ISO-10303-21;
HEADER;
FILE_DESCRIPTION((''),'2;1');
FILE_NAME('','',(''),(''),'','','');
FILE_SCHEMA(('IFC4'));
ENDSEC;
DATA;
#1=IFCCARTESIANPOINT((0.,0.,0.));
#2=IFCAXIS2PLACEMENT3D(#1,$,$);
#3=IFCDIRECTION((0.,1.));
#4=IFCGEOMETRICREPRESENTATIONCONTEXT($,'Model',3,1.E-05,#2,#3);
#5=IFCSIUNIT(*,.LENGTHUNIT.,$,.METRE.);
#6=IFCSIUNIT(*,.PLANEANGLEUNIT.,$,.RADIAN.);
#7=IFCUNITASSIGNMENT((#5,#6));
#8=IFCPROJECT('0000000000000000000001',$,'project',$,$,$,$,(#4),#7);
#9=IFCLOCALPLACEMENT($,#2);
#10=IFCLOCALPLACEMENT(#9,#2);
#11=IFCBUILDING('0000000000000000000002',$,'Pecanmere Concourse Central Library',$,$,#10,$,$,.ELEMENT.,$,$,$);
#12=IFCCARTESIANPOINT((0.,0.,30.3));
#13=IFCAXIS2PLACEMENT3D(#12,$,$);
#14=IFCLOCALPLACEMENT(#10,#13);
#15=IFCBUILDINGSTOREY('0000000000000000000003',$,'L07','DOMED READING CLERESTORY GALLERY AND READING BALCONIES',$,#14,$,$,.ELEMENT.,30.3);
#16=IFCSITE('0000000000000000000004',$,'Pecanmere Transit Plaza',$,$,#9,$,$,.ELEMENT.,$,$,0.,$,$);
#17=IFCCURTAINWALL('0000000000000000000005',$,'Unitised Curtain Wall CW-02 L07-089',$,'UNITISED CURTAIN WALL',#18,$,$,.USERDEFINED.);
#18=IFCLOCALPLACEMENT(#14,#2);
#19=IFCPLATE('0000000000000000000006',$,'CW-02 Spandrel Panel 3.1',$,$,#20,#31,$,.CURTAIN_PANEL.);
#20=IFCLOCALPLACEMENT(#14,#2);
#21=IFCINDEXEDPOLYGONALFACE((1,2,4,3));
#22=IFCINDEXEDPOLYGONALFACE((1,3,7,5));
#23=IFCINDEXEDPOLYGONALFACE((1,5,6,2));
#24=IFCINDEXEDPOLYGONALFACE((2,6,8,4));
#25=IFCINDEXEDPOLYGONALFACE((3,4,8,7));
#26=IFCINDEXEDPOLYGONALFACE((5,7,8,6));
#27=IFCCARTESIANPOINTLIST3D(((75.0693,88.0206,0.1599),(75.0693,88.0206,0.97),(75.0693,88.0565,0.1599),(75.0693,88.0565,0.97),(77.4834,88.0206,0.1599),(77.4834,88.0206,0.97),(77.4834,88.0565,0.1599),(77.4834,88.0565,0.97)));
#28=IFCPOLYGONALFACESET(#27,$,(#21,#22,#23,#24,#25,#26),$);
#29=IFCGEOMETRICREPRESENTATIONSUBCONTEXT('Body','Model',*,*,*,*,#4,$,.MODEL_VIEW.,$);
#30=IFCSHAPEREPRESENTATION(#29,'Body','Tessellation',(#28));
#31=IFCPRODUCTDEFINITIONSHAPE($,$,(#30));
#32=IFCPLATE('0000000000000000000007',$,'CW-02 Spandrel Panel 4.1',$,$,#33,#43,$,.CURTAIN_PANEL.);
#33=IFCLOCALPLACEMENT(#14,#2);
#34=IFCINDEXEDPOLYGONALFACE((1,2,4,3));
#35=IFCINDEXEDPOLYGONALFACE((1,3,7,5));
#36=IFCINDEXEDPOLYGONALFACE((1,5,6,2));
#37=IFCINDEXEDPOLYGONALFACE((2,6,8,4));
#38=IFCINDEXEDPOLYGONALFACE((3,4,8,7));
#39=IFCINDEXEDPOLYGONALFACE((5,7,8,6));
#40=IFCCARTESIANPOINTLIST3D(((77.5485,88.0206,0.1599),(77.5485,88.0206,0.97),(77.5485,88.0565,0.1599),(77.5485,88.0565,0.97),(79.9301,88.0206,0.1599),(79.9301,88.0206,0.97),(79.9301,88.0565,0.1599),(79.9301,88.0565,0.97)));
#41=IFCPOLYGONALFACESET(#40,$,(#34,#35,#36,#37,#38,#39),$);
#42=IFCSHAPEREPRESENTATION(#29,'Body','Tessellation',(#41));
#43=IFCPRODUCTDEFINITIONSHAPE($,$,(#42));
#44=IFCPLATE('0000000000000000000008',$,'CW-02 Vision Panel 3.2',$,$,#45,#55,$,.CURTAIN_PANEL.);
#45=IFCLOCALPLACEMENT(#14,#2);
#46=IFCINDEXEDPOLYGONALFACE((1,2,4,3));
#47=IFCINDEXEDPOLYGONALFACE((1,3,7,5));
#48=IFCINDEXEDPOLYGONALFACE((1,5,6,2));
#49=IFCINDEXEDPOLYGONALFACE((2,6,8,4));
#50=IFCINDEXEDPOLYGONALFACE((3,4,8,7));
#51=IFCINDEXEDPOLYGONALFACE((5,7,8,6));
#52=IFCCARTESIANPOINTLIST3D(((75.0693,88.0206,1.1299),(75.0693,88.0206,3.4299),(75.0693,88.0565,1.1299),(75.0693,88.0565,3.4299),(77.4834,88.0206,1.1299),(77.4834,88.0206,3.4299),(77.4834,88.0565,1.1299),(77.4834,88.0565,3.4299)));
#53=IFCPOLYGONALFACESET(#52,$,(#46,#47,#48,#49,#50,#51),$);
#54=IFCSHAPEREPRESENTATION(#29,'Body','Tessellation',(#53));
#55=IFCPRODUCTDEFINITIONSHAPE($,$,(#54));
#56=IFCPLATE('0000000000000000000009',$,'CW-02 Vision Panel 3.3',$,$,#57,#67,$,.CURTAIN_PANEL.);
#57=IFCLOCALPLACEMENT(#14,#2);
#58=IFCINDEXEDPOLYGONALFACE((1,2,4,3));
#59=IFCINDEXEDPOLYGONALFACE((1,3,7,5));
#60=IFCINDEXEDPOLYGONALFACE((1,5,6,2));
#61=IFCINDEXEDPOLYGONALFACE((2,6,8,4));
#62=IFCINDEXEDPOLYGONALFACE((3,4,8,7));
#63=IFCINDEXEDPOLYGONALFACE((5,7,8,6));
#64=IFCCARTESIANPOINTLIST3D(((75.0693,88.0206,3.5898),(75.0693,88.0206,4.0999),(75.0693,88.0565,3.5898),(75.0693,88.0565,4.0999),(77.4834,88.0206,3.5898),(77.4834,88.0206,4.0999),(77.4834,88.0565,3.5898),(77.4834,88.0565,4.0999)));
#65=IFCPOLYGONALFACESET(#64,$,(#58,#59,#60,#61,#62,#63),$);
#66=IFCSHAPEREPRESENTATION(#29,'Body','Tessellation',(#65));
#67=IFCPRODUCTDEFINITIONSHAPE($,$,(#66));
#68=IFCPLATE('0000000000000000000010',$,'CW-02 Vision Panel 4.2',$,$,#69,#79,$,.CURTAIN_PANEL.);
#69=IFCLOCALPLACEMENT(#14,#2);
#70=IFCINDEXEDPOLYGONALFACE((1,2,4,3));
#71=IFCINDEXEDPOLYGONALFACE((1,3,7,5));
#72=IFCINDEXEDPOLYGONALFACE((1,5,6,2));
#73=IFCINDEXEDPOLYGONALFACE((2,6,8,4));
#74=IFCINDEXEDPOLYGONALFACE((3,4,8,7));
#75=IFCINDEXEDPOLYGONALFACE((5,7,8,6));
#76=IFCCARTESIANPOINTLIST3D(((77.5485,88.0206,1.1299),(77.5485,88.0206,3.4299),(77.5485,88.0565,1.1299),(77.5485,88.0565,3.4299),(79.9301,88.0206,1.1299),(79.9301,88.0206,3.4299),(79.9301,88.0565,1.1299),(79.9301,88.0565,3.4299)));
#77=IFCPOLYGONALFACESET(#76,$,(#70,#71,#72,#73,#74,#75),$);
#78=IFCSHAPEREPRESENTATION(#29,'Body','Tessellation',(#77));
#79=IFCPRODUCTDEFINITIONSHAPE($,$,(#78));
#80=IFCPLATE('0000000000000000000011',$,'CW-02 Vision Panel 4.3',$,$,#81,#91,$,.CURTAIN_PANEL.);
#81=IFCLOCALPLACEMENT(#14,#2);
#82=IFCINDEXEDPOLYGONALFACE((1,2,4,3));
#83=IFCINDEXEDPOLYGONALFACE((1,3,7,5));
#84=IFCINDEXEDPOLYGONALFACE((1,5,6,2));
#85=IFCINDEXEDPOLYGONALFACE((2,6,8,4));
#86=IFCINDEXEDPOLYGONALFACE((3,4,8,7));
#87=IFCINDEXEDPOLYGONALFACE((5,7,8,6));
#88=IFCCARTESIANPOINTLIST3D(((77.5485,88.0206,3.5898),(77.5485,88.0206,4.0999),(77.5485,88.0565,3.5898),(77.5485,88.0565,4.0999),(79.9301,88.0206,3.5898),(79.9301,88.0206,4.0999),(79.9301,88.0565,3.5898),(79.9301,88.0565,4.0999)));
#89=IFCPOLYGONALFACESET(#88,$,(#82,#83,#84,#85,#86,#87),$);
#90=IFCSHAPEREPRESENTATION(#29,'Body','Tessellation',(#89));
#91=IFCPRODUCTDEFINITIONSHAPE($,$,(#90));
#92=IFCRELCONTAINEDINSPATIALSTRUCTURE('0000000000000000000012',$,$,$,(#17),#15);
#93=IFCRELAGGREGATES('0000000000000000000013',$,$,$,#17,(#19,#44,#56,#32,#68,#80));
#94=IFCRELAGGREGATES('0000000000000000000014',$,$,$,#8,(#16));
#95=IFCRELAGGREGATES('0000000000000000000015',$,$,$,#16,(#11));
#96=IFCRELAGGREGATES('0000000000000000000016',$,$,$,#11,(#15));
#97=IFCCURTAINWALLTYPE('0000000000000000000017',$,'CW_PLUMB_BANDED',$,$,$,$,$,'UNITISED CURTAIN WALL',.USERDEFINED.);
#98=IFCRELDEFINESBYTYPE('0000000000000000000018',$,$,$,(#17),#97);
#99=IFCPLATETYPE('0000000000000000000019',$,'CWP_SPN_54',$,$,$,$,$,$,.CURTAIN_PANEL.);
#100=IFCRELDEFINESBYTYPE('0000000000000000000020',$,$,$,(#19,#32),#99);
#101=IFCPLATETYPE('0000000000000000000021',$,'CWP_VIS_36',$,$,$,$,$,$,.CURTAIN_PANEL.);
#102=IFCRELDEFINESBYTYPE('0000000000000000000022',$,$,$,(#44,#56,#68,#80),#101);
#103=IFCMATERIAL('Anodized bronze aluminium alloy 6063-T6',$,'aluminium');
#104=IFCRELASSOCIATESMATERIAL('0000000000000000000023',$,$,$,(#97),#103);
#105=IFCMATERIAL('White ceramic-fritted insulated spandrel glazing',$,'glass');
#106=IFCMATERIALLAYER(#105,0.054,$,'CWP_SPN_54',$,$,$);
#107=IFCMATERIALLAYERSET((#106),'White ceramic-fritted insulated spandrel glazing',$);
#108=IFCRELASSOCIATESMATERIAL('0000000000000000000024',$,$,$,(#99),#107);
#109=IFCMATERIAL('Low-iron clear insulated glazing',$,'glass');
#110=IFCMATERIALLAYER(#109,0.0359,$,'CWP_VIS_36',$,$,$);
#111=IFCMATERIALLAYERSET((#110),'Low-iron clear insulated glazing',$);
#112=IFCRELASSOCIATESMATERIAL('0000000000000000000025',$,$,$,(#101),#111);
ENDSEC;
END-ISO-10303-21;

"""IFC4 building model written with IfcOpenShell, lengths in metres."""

from ifc_helpers import new_model, si_unit, direction, frame, origin, origin_2d, place, context, subcontext, project, spatial, rectangle, extrude, material, layer, layer_set, type_object, element, aggregate, save


model = new_model("IFC4")

# Units and contexts
model_context = context("Model", 3, precision=1e-05, world=origin(), true_north=direction((0.0, 1.0)))
body_context = subcontext(model_context, "Body", "Model", "MODEL_VIEW")
ifc_project = project(units=[si_unit("LENGTHUNIT", "METRE"), si_unit("PLANEANGLEUNIT", "RADIAN")], contexts=[model_context])

# Site, building, storey
site_placement = place(None, origin())
site = spatial("IfcSite", under=ifc_project, at=site_placement, Name="Pecanmere Transit Plaza", CompositionType="ELEMENT", RefElevation=0.0)
building_placement = place(site_placement, origin())
building = spatial("IfcBuilding", under=site, at=building_placement, Name="Pecanmere Concourse Central Library", CompositionType="ELEMENT")
storey_placement = place(building_placement, frame((0.0, 0.0, 30.3)))
storey = spatial("IfcBuildingStorey", under=building, at=storey_placement, Name="L07", Description="DOMED READING CLERESTORY GALLERY AND READING BALCONIES", CompositionType="ELEMENT", Elevation=30.3)

# Curtain wall
ifc_material_1 = material(Name="Anodized bronze aluminium alloy 6063-T6", Category="aluminium")
curtain_wall_type = type_object("IfcCurtainWallType", Name="CW_PLUMB_BANDED", ElementType="UNITISED CURTAIN WALL", PredefinedType="USERDEFINED", material=ifc_material_1)
curtain_wall_1_placement = place(storey_placement, origin())
curtain_wall_1 = element("IfcCurtainWall", 1, at=curtain_wall_1_placement, inside=storey, type_object=curtain_wall_type, Name="Unitised Curtain Wall CW-02 L07-089", ObjectType="UNITISED CURTAIN WALL", PredefinedType="USERDEFINED")

# Plates
ifc_material_2 = material(Name="White ceramic-fritted insulated spandrel glazing", Category="glass")
ifc_layer_1 = layer(ifc_material_2, 0.054, Name="CWP_SPN_54")
ifc_layer_set_1 = layer_set([ifc_layer_1], Name="White ceramic-fritted insulated spandrel glazing")
plate_type_1 = type_object("IfcPlateType", Name="CWP_SPN_54", PredefinedType="CURTAIN_PANEL", material=ifc_layer_set_1)
plate_1_placement = place(storey_placement, frame((76.2764, 88.0386, 0.1599), z_axis=(0.0, 0.0, 1.0), x_axis=(1.0, 0.0, 0.0)))
plate_1 = element("IfcPlate", 2, at=plate_1_placement, type_object=plate_type_1, Name="CW-02 Spandrel Panel 3.1", PredefinedType="CURTAIN_PANEL", context=body_context, shape_type="SweptSolid", body=[
    extrude(rectangle(XDim=2.4141, YDim=0.0359, at=origin_2d()), origin(), (0.0, 0.0, 1.0), 0.8101),
])
plate_2_placement = place(storey_placement, frame((78.7393, 88.0386, 0.1599), z_axis=(0.0, 0.0, 1.0), x_axis=(1.0, 0.0, 0.0)))
plate_2 = element("IfcPlate", 3, at=plate_2_placement, type_object=plate_type_1, Name="CW-02 Spandrel Panel 4.1", PredefinedType="CURTAIN_PANEL", context=body_context, shape_type="SweptSolid", body=[
    extrude(rectangle(XDim=2.3816, YDim=0.0359, at=origin_2d()), origin(), (0.0, 0.0, 1.0), 0.8101),
])
ifc_material_3 = material(Name="Low-iron clear insulated glazing", Category="glass")
ifc_layer_2 = layer(ifc_material_3, 0.0359, Name="CWP_VIS_36")
ifc_layer_set_2 = layer_set([ifc_layer_2], Name="Low-iron clear insulated glazing")
plate_type_2 = type_object("IfcPlateType", Name="CWP_VIS_36", PredefinedType="CURTAIN_PANEL", material=ifc_layer_set_2)
plate_3_placement = place(storey_placement, frame((76.2764, 88.0386, 1.1299), z_axis=(0.0, 0.0, 1.0), x_axis=(1.0, 0.0, 0.0)))
plate_3 = element("IfcPlate", 4, at=plate_3_placement, type_object=plate_type_2, Name="CW-02 Vision Panel 3.2", PredefinedType="CURTAIN_PANEL", context=body_context, shape_type="SweptSolid", body=[
    extrude(rectangle(XDim=2.4141, YDim=0.0359, at=origin_2d()), origin(), (0.0, 0.0, 1.0), 2.3),
])
plate_4_placement = place(storey_placement, frame((76.2764, 88.0386, 3.5898), z_axis=(0.0, 0.0, 1.0), x_axis=(1.0, 0.0, 0.0)))
plate_4 = element("IfcPlate", 5, at=plate_4_placement, type_object=plate_type_2, Name="CW-02 Vision Panel 3.3", PredefinedType="CURTAIN_PANEL", context=body_context, shape_type="SweptSolid", body=[
    extrude(rectangle(XDim=2.4141, YDim=0.0359, at=origin_2d()), origin(), (0.0, 0.0, 1.0), 0.51),
])
plate_5_placement = place(storey_placement, frame((78.7393, 88.0386, 1.1299), z_axis=(0.0, 0.0, 1.0), x_axis=(1.0, 0.0, 0.0)))
plate_5 = element("IfcPlate", 6, at=plate_5_placement, type_object=plate_type_2, Name="CW-02 Vision Panel 4.2", PredefinedType="CURTAIN_PANEL", context=body_context, shape_type="SweptSolid", body=[
    extrude(rectangle(XDim=2.3816, YDim=0.0359, at=origin_2d()), origin(), (0.0, 0.0, 1.0), 2.3),
])
plate_6_placement = place(storey_placement, frame((78.7393, 88.0386, 3.5898), z_axis=(0.0, 0.0, 1.0), x_axis=(1.0, 0.0, 0.0)))
plate_6 = element("IfcPlate", 7, at=plate_6_placement, type_object=plate_type_2, Name="CW-02 Vision Panel 4.3", PredefinedType="CURTAIN_PANEL", context=body_context, shape_type="SweptSolid", body=[
    extrude(rectangle(XDim=2.3816, YDim=0.0359, at=origin_2d()), origin(), (0.0, 0.0, 1.0), 0.51),
])
aggregate(curtain_wall_1, [plate_1, plate_3, plate_4, plate_2, plate_5, plate_6])

save(model, "model.ifc")
